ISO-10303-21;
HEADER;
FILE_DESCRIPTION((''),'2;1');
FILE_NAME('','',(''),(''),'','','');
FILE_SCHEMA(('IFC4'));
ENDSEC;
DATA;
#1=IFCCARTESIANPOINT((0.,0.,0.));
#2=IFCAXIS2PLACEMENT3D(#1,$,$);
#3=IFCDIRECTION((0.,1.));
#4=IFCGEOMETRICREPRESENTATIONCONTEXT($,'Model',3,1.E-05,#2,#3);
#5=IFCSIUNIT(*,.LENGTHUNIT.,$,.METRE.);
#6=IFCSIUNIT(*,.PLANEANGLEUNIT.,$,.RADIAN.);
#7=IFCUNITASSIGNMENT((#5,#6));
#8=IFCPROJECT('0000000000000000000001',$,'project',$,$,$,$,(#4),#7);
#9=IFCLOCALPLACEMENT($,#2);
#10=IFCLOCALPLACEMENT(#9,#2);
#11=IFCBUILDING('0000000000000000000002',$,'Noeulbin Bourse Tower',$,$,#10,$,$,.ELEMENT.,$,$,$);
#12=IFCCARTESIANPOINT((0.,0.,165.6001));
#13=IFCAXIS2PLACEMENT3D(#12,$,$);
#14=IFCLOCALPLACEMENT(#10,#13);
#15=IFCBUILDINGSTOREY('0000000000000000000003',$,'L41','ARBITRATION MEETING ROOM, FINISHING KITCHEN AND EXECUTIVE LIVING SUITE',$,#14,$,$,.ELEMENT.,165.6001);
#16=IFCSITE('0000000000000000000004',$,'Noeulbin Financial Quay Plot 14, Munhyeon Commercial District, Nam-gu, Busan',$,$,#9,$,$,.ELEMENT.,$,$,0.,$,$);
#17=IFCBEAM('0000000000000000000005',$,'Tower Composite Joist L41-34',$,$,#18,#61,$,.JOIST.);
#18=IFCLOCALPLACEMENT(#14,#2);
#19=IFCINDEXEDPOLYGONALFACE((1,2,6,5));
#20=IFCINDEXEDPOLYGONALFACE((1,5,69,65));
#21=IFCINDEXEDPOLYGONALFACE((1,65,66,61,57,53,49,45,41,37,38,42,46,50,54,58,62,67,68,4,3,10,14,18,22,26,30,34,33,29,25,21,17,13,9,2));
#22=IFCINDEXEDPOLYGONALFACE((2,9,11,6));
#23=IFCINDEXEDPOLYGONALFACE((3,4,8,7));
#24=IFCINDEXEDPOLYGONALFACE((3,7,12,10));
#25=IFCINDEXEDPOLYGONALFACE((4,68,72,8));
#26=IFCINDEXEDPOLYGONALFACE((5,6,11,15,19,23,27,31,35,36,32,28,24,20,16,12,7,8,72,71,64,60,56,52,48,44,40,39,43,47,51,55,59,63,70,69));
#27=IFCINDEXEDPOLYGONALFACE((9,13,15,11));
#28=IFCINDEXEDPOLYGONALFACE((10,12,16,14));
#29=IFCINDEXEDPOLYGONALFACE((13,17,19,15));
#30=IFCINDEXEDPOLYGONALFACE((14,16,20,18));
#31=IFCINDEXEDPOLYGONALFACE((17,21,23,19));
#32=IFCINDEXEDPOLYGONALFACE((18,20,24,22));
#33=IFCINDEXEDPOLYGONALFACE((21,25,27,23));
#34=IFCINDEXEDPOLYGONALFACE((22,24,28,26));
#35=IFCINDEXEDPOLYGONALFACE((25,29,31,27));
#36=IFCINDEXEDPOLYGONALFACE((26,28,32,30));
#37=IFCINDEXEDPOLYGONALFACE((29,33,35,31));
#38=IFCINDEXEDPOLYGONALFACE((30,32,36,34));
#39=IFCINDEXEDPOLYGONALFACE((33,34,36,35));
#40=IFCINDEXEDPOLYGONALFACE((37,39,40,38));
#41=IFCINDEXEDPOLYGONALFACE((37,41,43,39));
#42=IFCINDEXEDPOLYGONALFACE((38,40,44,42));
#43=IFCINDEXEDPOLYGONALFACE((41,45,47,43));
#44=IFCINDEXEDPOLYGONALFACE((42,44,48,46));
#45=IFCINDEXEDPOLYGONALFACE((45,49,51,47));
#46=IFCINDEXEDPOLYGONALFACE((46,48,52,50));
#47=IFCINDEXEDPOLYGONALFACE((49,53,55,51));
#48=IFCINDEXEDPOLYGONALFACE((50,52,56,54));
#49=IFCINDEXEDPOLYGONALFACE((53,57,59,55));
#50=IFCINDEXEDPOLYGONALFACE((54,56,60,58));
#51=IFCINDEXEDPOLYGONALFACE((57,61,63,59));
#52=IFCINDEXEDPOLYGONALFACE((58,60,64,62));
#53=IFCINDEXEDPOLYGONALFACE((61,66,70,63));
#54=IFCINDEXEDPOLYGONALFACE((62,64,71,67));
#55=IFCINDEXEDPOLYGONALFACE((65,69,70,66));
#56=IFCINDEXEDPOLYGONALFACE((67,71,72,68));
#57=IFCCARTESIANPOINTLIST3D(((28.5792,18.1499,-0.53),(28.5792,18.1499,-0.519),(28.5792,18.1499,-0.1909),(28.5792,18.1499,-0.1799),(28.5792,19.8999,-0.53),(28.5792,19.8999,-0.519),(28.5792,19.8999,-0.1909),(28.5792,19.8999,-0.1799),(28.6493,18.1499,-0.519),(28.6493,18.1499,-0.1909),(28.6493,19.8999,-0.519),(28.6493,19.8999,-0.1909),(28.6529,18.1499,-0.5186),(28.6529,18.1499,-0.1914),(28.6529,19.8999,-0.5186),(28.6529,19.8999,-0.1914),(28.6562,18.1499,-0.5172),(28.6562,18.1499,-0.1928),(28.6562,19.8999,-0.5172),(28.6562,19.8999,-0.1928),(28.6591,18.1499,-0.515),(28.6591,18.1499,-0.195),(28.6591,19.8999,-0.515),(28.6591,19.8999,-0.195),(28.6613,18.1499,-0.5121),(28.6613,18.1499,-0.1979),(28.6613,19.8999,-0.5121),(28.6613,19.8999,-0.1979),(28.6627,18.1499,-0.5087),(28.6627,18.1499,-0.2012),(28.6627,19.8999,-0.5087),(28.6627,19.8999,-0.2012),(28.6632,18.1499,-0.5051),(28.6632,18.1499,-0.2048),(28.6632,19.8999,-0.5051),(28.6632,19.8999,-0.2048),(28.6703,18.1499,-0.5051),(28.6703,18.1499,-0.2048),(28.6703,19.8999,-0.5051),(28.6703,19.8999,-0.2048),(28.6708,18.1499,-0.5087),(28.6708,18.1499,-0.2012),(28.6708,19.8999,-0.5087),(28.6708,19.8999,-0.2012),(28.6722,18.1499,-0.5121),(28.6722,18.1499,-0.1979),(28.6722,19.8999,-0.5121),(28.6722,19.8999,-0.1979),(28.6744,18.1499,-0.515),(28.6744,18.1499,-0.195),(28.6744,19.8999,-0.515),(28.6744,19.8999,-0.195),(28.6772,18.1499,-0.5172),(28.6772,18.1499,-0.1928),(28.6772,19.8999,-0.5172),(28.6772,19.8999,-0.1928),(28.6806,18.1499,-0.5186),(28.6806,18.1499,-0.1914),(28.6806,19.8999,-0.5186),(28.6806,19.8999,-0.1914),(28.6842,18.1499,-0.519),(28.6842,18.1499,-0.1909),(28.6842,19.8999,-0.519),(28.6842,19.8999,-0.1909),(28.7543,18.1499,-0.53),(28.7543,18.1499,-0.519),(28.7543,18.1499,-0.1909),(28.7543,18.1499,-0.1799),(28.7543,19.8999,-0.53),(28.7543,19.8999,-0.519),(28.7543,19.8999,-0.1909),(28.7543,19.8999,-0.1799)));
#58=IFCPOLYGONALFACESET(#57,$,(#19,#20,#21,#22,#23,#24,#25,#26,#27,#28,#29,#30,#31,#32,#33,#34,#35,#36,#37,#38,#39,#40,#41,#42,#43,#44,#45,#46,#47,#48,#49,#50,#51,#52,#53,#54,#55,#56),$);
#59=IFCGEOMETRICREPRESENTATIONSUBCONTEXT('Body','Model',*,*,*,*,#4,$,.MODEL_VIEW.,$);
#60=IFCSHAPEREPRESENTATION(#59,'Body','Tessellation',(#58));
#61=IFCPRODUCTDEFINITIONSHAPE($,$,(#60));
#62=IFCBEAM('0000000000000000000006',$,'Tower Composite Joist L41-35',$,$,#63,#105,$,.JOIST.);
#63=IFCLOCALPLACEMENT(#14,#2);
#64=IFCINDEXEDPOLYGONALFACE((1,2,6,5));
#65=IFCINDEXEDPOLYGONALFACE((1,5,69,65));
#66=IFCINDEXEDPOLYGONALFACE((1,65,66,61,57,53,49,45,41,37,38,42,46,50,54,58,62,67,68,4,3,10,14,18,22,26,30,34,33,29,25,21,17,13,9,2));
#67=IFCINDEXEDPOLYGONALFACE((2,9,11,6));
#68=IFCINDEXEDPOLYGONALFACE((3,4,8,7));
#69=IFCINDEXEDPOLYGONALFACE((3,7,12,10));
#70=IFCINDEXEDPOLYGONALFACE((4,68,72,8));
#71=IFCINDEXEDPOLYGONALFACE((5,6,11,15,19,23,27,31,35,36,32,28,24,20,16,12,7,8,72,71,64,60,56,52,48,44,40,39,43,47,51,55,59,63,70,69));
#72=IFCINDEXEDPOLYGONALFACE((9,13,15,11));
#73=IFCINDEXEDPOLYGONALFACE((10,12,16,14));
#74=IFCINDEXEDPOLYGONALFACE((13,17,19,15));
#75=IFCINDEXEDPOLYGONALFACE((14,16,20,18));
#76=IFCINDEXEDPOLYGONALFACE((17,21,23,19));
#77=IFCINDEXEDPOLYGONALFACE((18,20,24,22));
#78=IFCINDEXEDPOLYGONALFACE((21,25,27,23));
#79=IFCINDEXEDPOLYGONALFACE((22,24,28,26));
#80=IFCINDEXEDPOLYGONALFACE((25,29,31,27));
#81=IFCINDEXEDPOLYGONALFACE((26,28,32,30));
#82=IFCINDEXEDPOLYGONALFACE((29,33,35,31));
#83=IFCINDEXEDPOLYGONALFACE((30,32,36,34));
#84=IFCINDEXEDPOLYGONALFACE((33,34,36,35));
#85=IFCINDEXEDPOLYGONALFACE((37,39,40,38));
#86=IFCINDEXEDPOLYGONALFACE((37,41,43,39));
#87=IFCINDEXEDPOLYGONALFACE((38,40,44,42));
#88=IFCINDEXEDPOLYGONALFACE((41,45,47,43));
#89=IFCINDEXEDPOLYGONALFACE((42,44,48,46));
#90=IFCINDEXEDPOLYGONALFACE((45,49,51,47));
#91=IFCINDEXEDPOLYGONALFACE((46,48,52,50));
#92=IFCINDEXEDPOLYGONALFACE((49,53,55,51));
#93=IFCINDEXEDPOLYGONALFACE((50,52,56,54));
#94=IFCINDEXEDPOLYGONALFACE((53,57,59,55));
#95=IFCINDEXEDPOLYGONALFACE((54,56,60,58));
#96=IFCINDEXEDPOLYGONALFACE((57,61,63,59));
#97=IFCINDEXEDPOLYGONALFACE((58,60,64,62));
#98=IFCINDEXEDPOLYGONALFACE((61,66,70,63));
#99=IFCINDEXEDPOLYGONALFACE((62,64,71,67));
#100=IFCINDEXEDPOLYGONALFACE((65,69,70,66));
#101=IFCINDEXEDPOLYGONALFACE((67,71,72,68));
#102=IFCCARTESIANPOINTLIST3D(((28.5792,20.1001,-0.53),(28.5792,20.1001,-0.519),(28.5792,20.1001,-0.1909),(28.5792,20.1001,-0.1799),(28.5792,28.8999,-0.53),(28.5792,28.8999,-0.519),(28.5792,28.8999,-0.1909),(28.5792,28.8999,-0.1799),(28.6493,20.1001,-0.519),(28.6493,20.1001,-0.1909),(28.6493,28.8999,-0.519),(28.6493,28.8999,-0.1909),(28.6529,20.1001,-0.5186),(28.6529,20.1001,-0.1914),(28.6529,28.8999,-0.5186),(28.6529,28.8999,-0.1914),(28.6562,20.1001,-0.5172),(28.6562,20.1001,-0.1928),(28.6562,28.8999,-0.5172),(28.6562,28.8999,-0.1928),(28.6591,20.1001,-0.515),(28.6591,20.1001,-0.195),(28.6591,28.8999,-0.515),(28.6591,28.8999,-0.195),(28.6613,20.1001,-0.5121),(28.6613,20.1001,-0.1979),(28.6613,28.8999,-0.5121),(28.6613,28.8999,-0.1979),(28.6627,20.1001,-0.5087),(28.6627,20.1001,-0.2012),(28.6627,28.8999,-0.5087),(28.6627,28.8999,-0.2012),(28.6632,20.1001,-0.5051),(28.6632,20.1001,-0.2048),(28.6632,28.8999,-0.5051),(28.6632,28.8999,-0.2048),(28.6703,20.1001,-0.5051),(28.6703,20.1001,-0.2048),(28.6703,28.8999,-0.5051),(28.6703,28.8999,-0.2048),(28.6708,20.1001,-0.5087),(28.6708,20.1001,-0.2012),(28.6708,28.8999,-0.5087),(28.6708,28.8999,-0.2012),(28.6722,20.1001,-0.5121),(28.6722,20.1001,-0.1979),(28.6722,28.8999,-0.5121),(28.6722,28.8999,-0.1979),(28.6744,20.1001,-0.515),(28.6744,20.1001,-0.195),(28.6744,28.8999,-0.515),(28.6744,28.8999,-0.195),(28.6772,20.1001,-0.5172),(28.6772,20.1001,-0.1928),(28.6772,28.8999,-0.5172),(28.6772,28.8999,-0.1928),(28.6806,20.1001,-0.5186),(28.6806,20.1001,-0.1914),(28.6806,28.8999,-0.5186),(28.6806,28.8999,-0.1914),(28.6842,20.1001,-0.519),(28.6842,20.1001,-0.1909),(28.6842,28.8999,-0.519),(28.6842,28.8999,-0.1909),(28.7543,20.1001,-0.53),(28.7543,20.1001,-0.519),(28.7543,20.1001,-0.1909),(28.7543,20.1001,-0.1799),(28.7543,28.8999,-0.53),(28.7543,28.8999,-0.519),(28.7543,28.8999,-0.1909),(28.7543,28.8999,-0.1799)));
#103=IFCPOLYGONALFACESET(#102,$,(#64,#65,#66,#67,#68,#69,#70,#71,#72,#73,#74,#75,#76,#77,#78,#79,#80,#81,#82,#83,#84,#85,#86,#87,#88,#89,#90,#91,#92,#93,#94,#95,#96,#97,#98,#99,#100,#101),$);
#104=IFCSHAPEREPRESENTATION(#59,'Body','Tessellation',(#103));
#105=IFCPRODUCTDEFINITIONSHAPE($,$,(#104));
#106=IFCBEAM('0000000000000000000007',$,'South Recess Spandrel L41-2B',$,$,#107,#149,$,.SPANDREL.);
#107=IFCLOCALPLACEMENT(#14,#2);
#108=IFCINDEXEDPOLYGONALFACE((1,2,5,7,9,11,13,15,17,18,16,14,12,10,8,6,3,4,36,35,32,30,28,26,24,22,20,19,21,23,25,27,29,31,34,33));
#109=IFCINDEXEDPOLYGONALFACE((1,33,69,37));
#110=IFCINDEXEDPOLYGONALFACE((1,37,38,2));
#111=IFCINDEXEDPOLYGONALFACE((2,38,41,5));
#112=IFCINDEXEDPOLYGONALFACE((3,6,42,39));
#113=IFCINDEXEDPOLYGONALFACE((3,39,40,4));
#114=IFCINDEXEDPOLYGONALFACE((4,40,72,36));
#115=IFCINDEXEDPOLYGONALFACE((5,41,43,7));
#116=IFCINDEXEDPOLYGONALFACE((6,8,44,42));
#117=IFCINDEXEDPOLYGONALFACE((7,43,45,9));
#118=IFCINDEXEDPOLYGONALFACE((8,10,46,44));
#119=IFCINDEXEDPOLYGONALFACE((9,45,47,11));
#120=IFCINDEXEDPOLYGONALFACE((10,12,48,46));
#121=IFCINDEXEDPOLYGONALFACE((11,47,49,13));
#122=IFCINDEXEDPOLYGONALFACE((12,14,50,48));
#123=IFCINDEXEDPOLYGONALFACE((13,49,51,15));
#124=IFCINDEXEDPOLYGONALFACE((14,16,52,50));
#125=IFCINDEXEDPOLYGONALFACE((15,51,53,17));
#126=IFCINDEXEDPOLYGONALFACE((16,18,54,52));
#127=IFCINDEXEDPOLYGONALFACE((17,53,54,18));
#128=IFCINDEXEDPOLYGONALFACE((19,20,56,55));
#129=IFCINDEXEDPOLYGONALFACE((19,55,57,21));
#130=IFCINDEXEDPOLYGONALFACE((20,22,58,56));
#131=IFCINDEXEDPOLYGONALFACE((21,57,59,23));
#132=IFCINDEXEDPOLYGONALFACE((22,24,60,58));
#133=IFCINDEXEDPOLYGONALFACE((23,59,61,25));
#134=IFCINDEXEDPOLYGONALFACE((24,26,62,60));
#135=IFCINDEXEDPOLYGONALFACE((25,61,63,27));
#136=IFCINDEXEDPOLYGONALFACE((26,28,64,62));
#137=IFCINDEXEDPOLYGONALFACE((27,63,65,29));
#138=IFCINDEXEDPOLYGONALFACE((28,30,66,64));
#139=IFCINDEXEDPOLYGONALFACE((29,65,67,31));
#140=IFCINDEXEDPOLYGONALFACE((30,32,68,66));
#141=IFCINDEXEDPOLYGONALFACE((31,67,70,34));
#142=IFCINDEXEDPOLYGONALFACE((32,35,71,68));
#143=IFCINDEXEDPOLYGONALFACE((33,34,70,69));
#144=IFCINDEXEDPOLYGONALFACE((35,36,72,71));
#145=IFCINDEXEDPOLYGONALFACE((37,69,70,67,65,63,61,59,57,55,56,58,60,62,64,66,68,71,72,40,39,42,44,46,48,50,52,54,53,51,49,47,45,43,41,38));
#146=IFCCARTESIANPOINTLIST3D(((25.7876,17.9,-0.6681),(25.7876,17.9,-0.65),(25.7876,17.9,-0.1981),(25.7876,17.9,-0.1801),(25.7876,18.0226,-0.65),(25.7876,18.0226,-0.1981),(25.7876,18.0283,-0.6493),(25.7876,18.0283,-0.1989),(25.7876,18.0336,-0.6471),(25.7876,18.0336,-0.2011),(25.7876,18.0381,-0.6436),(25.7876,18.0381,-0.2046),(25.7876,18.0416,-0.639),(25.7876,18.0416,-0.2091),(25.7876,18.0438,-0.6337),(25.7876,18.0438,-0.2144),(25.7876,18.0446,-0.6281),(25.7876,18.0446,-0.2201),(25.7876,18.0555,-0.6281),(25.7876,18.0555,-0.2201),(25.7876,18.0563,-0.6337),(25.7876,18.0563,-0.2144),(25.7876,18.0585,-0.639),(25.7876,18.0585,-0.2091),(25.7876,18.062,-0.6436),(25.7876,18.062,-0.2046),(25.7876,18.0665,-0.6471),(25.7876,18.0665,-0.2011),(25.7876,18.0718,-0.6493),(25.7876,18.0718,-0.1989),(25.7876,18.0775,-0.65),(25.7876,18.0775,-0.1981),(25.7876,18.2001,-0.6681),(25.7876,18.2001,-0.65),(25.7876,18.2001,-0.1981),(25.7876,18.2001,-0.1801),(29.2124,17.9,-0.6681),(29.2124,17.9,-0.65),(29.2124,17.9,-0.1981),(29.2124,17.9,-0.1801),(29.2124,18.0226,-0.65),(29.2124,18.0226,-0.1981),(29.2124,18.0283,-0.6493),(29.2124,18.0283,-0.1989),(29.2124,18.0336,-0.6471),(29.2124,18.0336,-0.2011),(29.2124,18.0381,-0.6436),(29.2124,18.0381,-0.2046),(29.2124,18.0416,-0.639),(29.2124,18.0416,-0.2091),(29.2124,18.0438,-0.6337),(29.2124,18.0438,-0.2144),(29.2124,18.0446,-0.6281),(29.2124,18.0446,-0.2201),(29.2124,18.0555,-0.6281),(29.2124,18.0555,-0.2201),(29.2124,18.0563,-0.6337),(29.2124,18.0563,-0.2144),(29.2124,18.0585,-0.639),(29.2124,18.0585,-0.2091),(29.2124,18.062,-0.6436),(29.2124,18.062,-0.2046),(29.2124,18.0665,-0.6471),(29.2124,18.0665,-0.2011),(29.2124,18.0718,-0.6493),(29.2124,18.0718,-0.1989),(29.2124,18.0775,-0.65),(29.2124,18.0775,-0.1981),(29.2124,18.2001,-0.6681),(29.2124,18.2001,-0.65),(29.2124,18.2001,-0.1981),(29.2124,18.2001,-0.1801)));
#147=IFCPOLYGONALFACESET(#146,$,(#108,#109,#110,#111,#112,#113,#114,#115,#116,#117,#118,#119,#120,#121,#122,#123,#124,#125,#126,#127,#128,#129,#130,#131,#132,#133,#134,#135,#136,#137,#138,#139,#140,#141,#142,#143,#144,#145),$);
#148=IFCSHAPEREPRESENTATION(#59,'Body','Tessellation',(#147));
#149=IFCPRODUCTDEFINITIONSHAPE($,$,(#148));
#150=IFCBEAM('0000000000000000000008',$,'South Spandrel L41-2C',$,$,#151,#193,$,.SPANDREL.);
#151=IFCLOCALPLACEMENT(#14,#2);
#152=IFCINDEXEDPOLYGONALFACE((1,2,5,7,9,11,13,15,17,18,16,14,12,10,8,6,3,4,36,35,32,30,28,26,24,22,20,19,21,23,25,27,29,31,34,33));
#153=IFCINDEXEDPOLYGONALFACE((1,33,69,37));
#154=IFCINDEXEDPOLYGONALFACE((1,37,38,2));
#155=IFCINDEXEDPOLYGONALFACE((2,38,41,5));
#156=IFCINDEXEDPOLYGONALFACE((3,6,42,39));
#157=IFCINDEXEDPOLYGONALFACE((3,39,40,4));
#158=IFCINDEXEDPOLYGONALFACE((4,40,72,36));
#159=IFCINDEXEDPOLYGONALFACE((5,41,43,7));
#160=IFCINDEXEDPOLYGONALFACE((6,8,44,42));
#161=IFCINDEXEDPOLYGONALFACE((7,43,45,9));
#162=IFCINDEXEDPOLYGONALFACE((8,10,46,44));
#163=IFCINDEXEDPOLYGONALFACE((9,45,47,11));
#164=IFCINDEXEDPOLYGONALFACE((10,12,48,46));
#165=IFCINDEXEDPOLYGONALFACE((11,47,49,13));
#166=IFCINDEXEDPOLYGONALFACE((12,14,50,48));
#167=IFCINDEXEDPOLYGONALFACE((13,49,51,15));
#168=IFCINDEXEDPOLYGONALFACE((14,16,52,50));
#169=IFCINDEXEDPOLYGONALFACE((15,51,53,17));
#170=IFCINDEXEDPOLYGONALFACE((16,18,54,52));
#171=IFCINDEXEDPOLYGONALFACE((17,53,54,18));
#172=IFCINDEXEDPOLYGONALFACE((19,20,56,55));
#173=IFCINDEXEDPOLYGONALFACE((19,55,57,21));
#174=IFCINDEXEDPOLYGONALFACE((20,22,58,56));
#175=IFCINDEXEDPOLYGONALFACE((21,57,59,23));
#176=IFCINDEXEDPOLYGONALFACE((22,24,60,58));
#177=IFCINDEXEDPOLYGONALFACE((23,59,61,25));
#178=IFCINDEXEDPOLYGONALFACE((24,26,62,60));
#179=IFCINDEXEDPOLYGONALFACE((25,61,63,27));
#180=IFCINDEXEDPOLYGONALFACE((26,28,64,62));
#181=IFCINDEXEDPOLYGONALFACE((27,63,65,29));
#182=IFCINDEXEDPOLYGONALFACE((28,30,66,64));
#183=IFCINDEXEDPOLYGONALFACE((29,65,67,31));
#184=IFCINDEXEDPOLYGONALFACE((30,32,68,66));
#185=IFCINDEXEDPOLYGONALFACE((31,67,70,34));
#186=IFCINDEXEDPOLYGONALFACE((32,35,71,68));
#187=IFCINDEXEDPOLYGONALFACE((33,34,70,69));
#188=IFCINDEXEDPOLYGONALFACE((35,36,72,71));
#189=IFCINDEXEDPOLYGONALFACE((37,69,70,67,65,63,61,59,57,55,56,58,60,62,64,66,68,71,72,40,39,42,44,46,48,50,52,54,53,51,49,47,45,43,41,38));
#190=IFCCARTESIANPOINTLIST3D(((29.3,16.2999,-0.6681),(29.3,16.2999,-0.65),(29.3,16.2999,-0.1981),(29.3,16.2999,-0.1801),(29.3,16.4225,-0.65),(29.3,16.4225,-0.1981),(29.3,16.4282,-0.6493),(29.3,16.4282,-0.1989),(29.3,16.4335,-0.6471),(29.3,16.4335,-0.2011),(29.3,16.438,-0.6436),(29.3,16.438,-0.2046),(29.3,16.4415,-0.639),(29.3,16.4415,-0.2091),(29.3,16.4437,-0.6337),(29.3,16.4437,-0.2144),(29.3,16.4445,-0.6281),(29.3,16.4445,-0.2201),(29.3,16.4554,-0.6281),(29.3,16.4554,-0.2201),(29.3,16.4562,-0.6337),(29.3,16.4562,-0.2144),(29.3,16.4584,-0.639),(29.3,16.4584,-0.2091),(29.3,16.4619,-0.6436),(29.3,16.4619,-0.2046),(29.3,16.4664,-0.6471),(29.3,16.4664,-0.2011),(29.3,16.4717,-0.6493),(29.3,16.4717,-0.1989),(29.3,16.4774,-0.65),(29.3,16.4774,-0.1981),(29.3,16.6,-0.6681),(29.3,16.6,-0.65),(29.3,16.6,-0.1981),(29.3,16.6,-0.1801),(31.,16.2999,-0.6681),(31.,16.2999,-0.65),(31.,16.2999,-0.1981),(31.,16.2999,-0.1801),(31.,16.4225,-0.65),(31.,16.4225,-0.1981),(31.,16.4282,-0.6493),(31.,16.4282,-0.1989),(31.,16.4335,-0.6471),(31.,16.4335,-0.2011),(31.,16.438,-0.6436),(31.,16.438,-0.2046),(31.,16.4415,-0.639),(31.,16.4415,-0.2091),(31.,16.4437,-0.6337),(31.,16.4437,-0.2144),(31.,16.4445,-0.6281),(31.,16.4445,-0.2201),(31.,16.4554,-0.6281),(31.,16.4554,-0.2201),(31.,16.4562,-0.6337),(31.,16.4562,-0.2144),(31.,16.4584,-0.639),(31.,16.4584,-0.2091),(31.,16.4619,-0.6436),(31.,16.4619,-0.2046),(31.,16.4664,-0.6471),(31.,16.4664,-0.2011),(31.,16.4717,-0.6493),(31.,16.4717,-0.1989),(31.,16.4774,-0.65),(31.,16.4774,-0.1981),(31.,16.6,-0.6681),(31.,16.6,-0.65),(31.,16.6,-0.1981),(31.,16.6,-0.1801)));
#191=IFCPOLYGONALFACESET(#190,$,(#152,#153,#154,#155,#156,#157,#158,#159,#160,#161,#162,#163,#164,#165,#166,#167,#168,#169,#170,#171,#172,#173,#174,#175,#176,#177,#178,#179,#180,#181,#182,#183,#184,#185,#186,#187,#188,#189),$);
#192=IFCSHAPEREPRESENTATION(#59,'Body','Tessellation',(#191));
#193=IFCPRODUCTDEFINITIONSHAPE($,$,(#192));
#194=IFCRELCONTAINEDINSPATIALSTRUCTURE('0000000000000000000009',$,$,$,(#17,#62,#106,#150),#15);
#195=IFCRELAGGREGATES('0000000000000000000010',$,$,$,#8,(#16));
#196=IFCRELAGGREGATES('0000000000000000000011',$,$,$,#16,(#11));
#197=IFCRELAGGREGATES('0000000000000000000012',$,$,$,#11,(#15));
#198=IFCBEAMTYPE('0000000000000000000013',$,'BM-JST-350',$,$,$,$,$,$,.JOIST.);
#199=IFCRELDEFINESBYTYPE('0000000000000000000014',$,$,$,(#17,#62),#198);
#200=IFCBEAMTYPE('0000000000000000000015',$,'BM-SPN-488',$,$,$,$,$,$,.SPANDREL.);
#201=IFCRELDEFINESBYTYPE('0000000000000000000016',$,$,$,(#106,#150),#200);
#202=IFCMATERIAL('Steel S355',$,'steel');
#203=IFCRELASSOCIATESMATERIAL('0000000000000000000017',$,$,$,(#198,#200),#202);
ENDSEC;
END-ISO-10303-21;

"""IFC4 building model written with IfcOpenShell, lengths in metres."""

from ifc_helpers import new_model, si_unit, direction, frame, origin, origin_2d, place, context, subcontext, project, spatial, i_section, extrude, material, material_profile, profile_set, type_object, element, save


model = new_model("IFC4")

# Units and contexts
model_context = context("Model", 3, precision=1e-05, world=origin(), true_north=direction((0.0, 1.0)))
body_context = subcontext(model_context, "Body", "Model", "MODEL_VIEW")
ifc_project = project(units=[si_unit("LENGTHUNIT", "METRE"), si_unit("PLANEANGLEUNIT", "RADIAN")], contexts=[model_context])

# Site, building, storey
site_placement = place(None, origin())
site = spatial("IfcSite", under=ifc_project, at=site_placement, Name="Noeulbin Financial Quay Plot 14, Munhyeon Commercial District, Nam-gu, Busan", CompositionType="ELEMENT", RefElevation=0.0)
building_placement = place(site_placement, origin())
building = spatial("IfcBuilding", under=site, at=building_placement, Name="Noeulbin Bourse Tower", CompositionType="ELEMENT")
storey_placement = place(building_placement, frame((0.0, 0.0, 165.6001)))
storey = spatial("IfcBuildingStorey", under=building, at=storey_placement, Name="L41", Description="ARBITRATION MEETING ROOM, FINISHING KITCHEN AND EXECUTIVE LIVING SUITE", CompositionType="ELEMENT", Elevation=165.6001)

# Beams
ifc_material_1 = material(Name="Steel S355", Category="steel")
ifc_material_profile_1 = material_profile(ifc_material_1, i_section(OverallWidth=0.175, OverallDepth=0.3501, WebThickness=0.0071, FlangeThickness=0.011, FilletRadius=0.0139, at=origin_2d()), Name="H-350x175x7x11", Category="LoadBearing")
ifc_profile_set_1 = profile_set([ifc_material_profile_1], Name="Steel S355")
beam_type_1 = type_object("IfcBeamType", Name="BM-JST-350", PredefinedType="JOIST", material=ifc_profile_set_1)
beam_1_placement = place(storey_placement, frame((28.6667, 18.1499, -0.355), z_axis=(0.0, 1.0, 0.0), x_axis=(-1.0, 0.0, 0.0)))
element("IfcBeam", 1, at=beam_1_placement, inside=storey, type_object=beam_type_1, Name="Tower Composite Joist L41-34", PredefinedType="JOIST", context=body_context, shape_type="SweptSolid", body=[
    extrude(i_section(OverallWidth=0.175, OverallDepth=0.3501, WebThickness=0.0071, FlangeThickness=0.011, FilletRadius=0.0139, at=origin_2d()), origin(), (0.0, 0.0, 1.0), 1.75),
])
beam_2_placement = place(storey_placement, frame((28.6667, 20.1001, -0.355), z_axis=(0.0, 1.0, 0.0), x_axis=(-1.0, 0.0, 0.0)))
element("IfcBeam", 2, at=beam_2_placement, inside=storey, type_object=beam_type_1, Name="Tower Composite Joist L41-35", PredefinedType="JOIST", context=body_context, shape_type="SweptSolid", body=[
    extrude(i_section(OverallWidth=0.175, OverallDepth=0.3501, WebThickness=0.0071, FlangeThickness=0.011, FilletRadius=0.0139, at=origin_2d()), origin(), (0.0, 0.0, 1.0), 8.7998),
])
ifc_material_profile_2 = material_profile(ifc_material_1, i_section(OverallWidth=0.3, OverallDepth=0.488, WebThickness=0.011, FlangeThickness=0.0181, FilletRadius=0.022, at=origin_2d()), Name="H-488x300x11x18", Category="LoadBearing")
ifc_profile_set_2 = profile_set([ifc_material_profile_2], Name="Steel S355")
beam_type_2 = type_object("IfcBeamType", Name="BM-SPN-488", PredefinedType="SPANDREL", material=ifc_profile_set_2)
beam_3_placement = place(storey_placement, frame((25.7876, 18.05, -0.4241), z_axis=(1.0, 0.0, 0.0), x_axis=(0.0, 1.0, 0.0)))
element("IfcBeam", 3, at=beam_3_placement, inside=storey, type_object=beam_type_2, Name="South Recess Spandrel L41-2B", PredefinedType="SPANDREL", context=body_context, shape_type="SweptSolid", body=[
    extrude(i_section(OverallWidth=0.3, OverallDepth=0.488, WebThickness=0.011, FlangeThickness=0.0181, FilletRadius=0.022, at=origin_2d()), origin(), (0.0, 0.0, 1.0), 3.4248),
])
beam_4_placement = place(storey_placement, frame((29.3, 16.45, -0.4241), z_axis=(1.0, 0.0, 0.0), x_axis=(0.0, 1.0, 0.0)))
element("IfcBeam", 4, at=beam_4_placement, inside=storey, type_object=beam_type_2, Name="South Spandrel L41-2C", PredefinedType="SPANDREL", context=body_context, shape_type="SweptSolid", body=[
    extrude(i_section(OverallWidth=0.3, OverallDepth=0.488, WebThickness=0.011, FlangeThickness=0.0181, FilletRadius=0.022, at=origin_2d()), origin(), (0.0, 0.0, 1.0), 1.7),
])

save(model, "model.ifc")
